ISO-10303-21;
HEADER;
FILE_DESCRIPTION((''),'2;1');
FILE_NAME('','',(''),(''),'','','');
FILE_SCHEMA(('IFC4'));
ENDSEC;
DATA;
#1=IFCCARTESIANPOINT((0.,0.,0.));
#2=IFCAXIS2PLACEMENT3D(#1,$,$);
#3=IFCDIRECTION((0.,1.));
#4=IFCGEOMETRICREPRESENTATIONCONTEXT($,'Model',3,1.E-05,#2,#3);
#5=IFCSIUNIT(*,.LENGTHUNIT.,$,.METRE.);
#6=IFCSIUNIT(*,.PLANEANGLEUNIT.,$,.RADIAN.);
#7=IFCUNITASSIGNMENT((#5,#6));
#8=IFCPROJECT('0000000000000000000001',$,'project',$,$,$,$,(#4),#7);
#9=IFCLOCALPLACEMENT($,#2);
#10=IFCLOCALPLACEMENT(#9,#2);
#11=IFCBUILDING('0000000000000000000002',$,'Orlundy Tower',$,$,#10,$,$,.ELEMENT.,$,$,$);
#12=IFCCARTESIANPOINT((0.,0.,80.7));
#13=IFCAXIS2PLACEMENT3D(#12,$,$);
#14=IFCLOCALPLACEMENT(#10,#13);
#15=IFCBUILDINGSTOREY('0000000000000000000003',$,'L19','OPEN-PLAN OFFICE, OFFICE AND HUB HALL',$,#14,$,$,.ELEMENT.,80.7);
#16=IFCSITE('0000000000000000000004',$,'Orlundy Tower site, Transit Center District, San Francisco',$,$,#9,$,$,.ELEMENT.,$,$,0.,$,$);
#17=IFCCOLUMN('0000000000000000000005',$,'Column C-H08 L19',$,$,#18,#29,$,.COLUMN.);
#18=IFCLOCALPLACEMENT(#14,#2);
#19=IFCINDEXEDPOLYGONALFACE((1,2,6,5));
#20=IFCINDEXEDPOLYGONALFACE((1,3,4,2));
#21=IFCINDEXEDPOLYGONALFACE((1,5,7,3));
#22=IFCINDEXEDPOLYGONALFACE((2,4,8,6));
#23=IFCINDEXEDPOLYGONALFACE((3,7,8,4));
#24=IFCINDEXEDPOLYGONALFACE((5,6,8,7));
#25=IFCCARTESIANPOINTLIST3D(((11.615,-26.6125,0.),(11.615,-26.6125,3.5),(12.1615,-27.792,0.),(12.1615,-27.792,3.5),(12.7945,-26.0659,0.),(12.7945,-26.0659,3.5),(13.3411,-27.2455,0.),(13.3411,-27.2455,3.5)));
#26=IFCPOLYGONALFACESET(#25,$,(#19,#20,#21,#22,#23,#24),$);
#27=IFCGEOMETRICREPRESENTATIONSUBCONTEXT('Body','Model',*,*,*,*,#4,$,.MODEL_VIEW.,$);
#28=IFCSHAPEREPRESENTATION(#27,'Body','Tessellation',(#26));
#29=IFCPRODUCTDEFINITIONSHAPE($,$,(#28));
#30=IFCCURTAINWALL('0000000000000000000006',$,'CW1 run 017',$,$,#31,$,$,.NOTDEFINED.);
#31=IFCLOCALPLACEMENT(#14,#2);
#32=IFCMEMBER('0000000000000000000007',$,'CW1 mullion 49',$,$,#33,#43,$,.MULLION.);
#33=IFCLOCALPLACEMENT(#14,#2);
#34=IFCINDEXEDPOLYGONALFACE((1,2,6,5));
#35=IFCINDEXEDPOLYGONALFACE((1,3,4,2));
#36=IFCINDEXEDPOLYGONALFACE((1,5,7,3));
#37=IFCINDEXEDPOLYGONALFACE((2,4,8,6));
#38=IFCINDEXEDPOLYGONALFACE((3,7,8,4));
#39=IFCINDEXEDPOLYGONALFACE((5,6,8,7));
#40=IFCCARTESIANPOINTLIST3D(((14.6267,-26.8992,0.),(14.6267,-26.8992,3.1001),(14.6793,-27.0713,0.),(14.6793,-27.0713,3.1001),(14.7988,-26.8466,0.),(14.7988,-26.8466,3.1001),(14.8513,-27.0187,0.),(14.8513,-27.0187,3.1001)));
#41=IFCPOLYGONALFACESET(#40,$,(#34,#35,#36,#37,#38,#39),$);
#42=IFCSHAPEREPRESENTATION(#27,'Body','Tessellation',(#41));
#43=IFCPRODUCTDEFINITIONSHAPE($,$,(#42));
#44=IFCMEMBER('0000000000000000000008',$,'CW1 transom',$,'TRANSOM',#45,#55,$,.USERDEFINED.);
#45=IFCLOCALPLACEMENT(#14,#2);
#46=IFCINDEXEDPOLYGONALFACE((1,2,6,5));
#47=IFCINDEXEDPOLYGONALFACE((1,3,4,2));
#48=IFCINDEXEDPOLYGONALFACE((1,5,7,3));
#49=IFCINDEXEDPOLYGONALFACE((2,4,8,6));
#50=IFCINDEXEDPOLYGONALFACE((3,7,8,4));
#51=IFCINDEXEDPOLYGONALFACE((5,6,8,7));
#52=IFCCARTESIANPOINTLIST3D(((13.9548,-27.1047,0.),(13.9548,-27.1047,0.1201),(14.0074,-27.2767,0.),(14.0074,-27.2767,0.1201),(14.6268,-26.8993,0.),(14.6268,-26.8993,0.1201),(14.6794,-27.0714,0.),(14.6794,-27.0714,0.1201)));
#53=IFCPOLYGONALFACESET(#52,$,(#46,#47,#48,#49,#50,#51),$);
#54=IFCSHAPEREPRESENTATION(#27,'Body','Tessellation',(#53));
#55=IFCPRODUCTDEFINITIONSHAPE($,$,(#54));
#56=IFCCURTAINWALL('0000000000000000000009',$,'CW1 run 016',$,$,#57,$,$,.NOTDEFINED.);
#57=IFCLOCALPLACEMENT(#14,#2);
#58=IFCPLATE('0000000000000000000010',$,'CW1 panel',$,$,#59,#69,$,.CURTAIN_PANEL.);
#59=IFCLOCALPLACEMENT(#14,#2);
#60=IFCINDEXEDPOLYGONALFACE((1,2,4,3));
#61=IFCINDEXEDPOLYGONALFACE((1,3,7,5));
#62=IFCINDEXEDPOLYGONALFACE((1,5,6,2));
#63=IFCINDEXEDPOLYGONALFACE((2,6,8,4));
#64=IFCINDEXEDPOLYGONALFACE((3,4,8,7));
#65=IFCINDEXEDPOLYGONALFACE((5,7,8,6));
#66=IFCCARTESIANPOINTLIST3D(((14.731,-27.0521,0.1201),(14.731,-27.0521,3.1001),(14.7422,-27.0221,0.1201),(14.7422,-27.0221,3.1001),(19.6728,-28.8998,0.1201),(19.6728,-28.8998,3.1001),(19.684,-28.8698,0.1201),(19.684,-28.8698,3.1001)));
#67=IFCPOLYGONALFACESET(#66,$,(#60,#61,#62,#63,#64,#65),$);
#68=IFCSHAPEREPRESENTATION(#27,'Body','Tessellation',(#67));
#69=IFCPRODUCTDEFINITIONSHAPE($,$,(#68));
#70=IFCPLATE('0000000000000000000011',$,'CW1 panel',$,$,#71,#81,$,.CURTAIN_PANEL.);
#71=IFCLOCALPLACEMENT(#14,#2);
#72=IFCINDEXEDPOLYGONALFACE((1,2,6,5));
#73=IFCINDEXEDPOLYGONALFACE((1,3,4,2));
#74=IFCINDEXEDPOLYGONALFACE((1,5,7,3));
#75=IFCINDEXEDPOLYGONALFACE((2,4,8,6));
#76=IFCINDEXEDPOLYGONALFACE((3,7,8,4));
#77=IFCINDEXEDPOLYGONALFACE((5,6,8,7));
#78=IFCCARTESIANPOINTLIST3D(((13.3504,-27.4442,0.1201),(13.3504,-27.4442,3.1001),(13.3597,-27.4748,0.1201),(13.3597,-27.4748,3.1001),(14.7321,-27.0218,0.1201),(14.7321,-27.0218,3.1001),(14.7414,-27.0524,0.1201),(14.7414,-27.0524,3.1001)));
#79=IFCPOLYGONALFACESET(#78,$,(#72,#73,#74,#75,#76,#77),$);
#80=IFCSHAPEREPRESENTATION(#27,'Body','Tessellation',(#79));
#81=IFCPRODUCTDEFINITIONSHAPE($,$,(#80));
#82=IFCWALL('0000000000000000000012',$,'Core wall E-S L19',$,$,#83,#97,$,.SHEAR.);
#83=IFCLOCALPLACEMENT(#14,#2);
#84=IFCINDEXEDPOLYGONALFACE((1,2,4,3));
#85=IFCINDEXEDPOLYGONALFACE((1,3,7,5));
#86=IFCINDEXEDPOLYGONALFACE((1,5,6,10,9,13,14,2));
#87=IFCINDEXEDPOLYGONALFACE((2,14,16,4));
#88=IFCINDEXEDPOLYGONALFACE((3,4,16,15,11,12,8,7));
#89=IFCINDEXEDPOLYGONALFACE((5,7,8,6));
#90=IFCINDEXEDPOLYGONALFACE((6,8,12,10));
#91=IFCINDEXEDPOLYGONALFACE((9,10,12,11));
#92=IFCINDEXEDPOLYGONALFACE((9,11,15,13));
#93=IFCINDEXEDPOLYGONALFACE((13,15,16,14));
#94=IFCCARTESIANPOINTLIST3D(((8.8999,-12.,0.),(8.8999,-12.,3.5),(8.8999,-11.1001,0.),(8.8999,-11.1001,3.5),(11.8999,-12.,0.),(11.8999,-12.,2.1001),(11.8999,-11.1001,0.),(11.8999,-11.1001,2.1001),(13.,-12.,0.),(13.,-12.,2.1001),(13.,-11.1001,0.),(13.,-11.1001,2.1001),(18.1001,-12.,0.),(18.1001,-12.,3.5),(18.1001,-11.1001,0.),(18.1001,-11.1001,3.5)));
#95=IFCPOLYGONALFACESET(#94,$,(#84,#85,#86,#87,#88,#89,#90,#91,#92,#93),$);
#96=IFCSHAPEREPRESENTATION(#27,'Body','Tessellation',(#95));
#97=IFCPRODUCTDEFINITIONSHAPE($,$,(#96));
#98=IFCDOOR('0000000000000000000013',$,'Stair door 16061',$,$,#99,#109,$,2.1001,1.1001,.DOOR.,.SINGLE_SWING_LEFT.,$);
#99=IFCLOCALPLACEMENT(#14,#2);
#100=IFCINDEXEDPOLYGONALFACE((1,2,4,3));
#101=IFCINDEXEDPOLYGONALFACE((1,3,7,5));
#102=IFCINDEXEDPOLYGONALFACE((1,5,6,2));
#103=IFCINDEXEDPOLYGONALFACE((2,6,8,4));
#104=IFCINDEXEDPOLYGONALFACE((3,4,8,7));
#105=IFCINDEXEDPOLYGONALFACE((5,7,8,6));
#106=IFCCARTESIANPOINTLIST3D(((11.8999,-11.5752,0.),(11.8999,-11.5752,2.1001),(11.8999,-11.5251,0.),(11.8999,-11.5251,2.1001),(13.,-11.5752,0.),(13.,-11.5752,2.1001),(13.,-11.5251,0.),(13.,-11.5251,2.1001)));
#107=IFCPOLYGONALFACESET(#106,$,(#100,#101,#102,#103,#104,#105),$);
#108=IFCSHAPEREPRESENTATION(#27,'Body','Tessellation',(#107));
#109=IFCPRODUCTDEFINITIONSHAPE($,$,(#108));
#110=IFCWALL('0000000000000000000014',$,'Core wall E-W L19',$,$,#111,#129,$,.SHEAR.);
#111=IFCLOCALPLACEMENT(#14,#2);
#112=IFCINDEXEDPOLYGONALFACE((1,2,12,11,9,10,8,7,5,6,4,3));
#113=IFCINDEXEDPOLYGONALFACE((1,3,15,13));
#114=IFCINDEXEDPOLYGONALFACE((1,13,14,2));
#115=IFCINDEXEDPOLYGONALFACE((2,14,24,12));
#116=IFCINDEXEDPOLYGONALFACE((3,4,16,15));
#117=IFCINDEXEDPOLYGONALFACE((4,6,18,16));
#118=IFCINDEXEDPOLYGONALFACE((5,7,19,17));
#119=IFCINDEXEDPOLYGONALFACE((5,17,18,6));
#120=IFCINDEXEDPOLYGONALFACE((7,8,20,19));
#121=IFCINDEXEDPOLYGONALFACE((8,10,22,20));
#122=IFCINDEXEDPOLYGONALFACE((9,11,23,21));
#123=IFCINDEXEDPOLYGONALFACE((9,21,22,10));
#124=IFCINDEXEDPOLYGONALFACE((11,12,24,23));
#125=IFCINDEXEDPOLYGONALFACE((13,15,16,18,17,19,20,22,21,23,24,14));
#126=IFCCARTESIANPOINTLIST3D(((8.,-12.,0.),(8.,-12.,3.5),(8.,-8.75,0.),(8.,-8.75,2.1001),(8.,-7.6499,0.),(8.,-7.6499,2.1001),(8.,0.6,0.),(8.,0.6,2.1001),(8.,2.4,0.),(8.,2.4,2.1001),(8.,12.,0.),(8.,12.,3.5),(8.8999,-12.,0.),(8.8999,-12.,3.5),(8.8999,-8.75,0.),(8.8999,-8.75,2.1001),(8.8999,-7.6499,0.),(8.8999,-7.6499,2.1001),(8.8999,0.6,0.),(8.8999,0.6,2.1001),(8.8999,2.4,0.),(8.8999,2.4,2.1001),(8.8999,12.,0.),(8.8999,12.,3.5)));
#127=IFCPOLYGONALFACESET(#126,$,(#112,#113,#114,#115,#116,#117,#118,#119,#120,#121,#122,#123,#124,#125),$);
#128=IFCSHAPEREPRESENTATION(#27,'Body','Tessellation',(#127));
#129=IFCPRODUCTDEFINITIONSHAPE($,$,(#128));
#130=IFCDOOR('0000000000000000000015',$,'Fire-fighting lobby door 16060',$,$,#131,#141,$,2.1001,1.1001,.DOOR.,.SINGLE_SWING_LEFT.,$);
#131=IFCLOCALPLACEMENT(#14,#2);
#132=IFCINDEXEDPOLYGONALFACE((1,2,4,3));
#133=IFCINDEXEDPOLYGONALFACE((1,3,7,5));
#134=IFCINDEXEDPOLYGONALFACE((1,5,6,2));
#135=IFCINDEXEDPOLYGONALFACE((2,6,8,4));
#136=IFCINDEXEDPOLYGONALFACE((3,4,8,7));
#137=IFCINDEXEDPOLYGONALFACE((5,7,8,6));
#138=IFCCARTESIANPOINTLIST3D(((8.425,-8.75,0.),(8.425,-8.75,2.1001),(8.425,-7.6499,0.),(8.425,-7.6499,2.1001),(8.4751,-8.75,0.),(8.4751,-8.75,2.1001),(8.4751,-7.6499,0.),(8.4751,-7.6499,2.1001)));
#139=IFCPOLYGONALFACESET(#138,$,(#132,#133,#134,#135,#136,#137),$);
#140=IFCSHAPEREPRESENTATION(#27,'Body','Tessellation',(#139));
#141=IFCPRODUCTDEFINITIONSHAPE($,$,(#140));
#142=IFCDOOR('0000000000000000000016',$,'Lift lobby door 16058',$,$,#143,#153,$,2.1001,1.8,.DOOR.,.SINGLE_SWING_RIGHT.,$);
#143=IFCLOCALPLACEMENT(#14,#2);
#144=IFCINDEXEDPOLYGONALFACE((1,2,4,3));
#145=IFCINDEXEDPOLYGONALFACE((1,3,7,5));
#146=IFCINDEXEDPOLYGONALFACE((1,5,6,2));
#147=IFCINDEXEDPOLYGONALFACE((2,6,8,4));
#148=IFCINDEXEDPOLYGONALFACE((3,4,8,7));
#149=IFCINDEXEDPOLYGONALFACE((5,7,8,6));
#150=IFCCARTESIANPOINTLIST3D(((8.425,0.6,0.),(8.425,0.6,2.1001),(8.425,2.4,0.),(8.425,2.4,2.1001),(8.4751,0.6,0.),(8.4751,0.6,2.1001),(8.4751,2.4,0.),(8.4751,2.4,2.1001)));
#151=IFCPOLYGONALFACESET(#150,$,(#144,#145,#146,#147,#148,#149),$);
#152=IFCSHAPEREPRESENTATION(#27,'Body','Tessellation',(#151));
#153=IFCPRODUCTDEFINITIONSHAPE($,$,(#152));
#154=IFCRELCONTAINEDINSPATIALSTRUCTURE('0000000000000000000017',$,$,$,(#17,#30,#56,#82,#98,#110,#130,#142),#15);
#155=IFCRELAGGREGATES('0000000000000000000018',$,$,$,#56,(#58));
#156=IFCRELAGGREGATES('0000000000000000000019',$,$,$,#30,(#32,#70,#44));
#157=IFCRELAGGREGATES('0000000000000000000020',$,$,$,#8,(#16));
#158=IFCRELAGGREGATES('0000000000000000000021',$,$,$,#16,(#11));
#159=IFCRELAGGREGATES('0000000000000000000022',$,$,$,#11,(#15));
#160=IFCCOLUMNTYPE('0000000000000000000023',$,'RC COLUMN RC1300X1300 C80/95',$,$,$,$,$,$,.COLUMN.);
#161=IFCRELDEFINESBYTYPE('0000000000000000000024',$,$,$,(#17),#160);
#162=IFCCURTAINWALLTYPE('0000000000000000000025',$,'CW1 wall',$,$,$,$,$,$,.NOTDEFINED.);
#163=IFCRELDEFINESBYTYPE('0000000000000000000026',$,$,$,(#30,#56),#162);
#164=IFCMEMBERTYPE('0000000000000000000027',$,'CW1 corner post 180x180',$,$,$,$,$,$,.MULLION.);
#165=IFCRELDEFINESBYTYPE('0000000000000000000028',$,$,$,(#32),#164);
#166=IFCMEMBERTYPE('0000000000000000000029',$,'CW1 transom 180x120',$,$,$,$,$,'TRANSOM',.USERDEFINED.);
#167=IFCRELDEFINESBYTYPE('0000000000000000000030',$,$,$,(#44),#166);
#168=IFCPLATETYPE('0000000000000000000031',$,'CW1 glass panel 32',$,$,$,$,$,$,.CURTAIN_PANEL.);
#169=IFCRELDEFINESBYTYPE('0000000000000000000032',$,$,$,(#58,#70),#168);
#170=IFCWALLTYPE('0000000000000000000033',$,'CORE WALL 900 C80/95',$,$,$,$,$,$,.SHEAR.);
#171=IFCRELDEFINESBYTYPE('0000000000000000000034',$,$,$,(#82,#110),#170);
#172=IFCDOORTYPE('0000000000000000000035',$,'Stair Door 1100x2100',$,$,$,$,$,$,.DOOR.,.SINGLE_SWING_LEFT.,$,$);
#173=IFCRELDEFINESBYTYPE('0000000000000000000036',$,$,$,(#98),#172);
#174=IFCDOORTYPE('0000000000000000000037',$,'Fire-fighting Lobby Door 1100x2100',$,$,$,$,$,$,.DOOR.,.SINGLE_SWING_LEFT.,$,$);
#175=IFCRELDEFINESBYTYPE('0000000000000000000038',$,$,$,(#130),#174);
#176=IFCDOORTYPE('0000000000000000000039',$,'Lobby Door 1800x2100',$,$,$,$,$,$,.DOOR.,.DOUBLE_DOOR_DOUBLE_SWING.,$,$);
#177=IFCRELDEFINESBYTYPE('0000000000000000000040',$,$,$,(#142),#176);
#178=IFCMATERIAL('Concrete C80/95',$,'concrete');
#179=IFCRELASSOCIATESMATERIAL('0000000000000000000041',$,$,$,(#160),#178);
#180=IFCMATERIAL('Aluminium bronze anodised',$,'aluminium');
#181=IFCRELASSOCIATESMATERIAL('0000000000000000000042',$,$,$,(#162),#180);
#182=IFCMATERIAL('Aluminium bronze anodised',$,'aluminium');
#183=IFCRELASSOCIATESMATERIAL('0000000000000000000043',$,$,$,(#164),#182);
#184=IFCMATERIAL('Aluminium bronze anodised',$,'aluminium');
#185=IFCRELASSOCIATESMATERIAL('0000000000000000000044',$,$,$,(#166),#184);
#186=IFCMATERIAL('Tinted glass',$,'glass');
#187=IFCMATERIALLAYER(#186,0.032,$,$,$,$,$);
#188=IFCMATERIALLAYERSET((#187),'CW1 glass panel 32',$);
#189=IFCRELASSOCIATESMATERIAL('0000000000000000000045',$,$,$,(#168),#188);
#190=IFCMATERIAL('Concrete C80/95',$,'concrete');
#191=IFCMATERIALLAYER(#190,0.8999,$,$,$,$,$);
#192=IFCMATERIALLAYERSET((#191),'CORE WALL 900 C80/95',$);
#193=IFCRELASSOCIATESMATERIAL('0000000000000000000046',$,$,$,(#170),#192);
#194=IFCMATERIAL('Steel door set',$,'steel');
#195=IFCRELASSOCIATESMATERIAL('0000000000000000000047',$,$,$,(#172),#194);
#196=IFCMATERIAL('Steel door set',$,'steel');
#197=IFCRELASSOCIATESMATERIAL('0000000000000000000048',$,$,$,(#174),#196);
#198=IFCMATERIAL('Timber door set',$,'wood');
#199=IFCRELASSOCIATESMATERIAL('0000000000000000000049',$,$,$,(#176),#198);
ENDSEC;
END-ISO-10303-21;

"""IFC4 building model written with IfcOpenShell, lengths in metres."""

from ifc_helpers import new_model, si_unit, direction, frame, frame_2d, origin, origin_2d, place, context, subcontext, project, spatial, rectangle, extrude, material, layer, layer_set, material_profile, profile_set, type_object, element, fill, aggregate, save


model = new_model("IFC4")

# Units and contexts
model_context = context("Model", 3, precision=1e-05, world=origin(), true_north=direction((0.0, 1.0)))
body_context = subcontext(model_context, "Body", "Model", "MODEL_VIEW")
ifc_project = project(units=[si_unit("LENGTHUNIT", "METRE"), si_unit("PLANEANGLEUNIT", "RADIAN")], contexts=[model_context])

# Site, building, storey
site_placement = place(None, origin())
site = spatial("IfcSite", under=ifc_project, at=site_placement, Name="Orlundy Tower site, Transit Center District, San Francisco", CompositionType="ELEMENT", RefElevation=0.0)
building_placement = place(site_placement, origin())
building = spatial("IfcBuilding", under=site, at=building_placement, Name="Orlundy Tower", CompositionType="ELEMENT")
storey_placement = place(building_placement, frame((0.0, 0.0, 80.7)))
storey = spatial("IfcBuildingStorey", under=building, at=storey_placement, Name="L19", Description="OPEN-PLAN OFFICE, OFFICE AND HUB HALL", CompositionType="ELEMENT", Elevation=80.7)

# Column
ifc_material_1 = material(Name="Concrete C80/95", Category="concrete")
ifc_material_profile_1 = material_profile(ifc_material_1, rectangle(XDim=1.3, YDim=1.3, at=origin_2d()), Name="RC1300X1300")
ifc_profile_set_1 = profile_set([ifc_material_profile_1], Name="Concrete C80/95")
column_type = type_object("IfcColumnType", Name="RC COLUMN RC1300X1300 C80/95", PredefinedType="COLUMN", material=ifc_profile_set_1)
column_placement = place(storey_placement, frame((12.478, -26.929, 0.0), z_axis=(0.0, 0.0, 1.0), x_axis=(0.420418, -0.90733, 0.0)))
element("IfcColumn", 1, at=column_placement, inside=storey, type_object=column_type, Name="Column C-H08 L19", PredefinedType="COLUMN", context=body_context, shape_type="SweptSolid", body=[
    extrude(rectangle(XDim=1.3, YDim=1.3, at=origin_2d()), origin(), (0.0, 0.0, 1.0), 3.5),
])

# Curtain wall, members
ifc_material_2 = material(Name="Aluminium bronze anodised", Category="aluminium")
curtain_wall_type = type_object("IfcCurtainWallType", Name="CW1 wall", PredefinedType="NOTDEFINED", material=ifc_material_2)
curtain_wall_1_placement = place(storey_placement, origin())
curtain_wall_1 = element("IfcCurtainWall", 2, at=curtain_wall_1_placement, inside=storey, type_object=curtain_wall_type, Name="CW1 run 017", PredefinedType="NOTDEFINED")
ifc_material_3 = material(Name="Aluminium bronze anodised", Category="aluminium")
ifc_material_profile_2 = material_profile(ifc_material_3, rectangle(XDim=0.1799, YDim=0.1799, at=origin_2d()), Name="CW1 corner post 180x180")
ifc_profile_set_2 = profile_set([ifc_material_profile_2], Name="Aluminium bronze anodised")
member_type_1 = type_object("IfcMemberType", Name="CW1 corner post 180x180", PredefinedType="MULLION", material=ifc_profile_set_2)
member_1_placement = place(storey_placement, frame((14.739, -26.959, 0.0), z_axis=(0.0, 0.0, 1.0), x_axis=(0.292318, -0.956321, 0.0)))
member_1 = element("IfcMember", 3, at=member_1_placement, type_object=member_type_1, Name="CW1 mullion 49", PredefinedType="MULLION", context=body_context, shape_type="SweptSolid", body=[
    extrude(rectangle(XDim=0.1799, YDim=0.1799, at=origin_2d()), origin(), (0.0, 0.0, 1.0), 3.1001),
])
ifc_material_4 = material(Name="Aluminium bronze anodised", Category="aluminium")
ifc_material_profile_3 = material_profile(ifc_material_4, rectangle(XDim=0.1799, YDim=0.1201, at=origin_2d()), Name="CW1 transom 180x120")
ifc_profile_set_3 = profile_set([ifc_material_profile_3], Name="Aluminium bronze anodised")
member_type_2 = type_object("IfcMemberType", Name="CW1 transom 180x120", ElementType="TRANSOM", PredefinedType="USERDEFINED", material=ifc_profile_set_3)
member_2_placement = place(storey_placement, frame((14.6531, -26.9854, 0.0601), z_axis=(-0.956341, -0.292254, 0.0), x_axis=(0.292254, -0.956341, 0.0)))
member_2 = element("IfcMember", 4, at=member_2_placement, type_object=member_type_2, Name="CW1 transom", ObjectType="TRANSOM", PredefinedType="USERDEFINED", context=body_context, shape_type="SweptSolid", body=[
    extrude(rectangle(XDim=0.1799, YDim=0.1201, at=origin_2d()), origin(), (0.0, 0.0, 1.0), 0.7026),
])

# Curtain wall, plate
curtain_wall_2_placement = place(storey_placement, origin())
curtain_wall_2 = element("IfcCurtainWall", 5, at=curtain_wall_2_placement, inside=storey, type_object=curtain_wall_type, Name="CW1 run 016", PredefinedType="NOTDEFINED")
ifc_material_5 = material(Name="Tinted glass", Category="glass")
ifc_layer_1 = layer(ifc_material_5, 0.032)
ifc_layer_set_1 = layer_set([ifc_layer_1], Name="CW1 glass panel 32")
plate_type = type_object("IfcPlateType", Name="CW1 glass panel 32", PredefinedType="CURTAIN_PANEL", material=ifc_layer_set_1)
plate_1_placement = place(storey_placement, frame((17.2075, -27.9609, 0.1201), z_axis=(0.0, 0.0, 1.0), x_axis=(-0.936668, 0.350219, 0.0)))
plate_1 = element("IfcPlate", 6, at=plate_1_placement, type_object=plate_type, Name="CW1 panel", PredefinedType="CURTAIN_PANEL", context=body_context, shape_type="SweptSolid", body=[
    extrude(rectangle(XDim=5.2759, YDim=0.032, at=origin_2d()), origin(), (0.0, 0.0, 1.0), 2.98),
])
aggregate(curtain_wall_2, [plate_1])

# Plate
plate_2_placement = place(storey_placement, frame((14.0459, -27.2483, 0.1201), z_axis=(0.0, 0.0, 1.0), x_axis=(-0.956321, -0.292318, 0.0)))
plate_2 = element("IfcPlate", 7, at=plate_2_placement, type_object=plate_type, Name="CW1 panel", PredefinedType="CURTAIN_PANEL", context=body_context, shape_type="SweptSolid", body=[
    extrude(rectangle(XDim=1.4448, YDim=0.032, at=origin_2d()), origin(), (0.0, 0.0, 1.0), 2.98),
])
aggregate(curtain_wall_1, [member_1, plate_2, member_2])

# Wall, opening, door
ifc_material_6 = material(Name="Concrete C80/95", Category="concrete")
ifc_layer_2 = layer(ifc_material_6, 0.8999)
ifc_layer_set_2 = layer_set([ifc_layer_2], Name="CORE WALL 900 C80/95")
wall_type_1 = type_object("IfcWallType", Name="CORE WALL 900 C80/95", PredefinedType="SHEAR", material=ifc_layer_set_2)
wall_1_placement = place(storey_placement, frame((8.8999, -11.55, 0.0), z_axis=(0.0, 0.0, 1.0), x_axis=(1.0, 0.0, 0.0)))
wall_1 = element("IfcWall", 8, at=wall_1_placement, inside=storey, type_object=wall_type_1, Name="Core wall E-S L19", PredefinedType="SHEAR", context=body_context, shape_type="SweptSolid", body=[
    extrude(rectangle(XDim=9.2002, YDim=0.8999, at=frame_2d((4.6001, 0.0))), origin(), (0.0, 0.0, 1.0), 3.5),
])
opening_1_placement = place(wall_1_placement, frame((3.0, 0.0, 0.0)))
opening_1 = element("IfcOpeningElement", 9, at=opening_1_placement, cuts=wall_1, PredefinedType="OPENING", context=body_context, shape_type="SweptSolid", body=[
    extrude(rectangle(XDim=1.1001, YDim=2.1001, at=frame_2d((0.55, 1.05))), frame((0.0, 0.46, 0.0), z_axis=(0.0, -1.0, 0.0), x_axis=(1.0, 0.0, 0.0)), (0.0, 0.0, 1.0), 0.9199),
])
ifc_material_7 = material(Name="Steel door set", Category="steel")
door_type_1 = type_object("IfcDoorType", Name="Stair Door 1100x2100", OperationType="SINGLE_SWING_LEFT", PredefinedType="DOOR", material=ifc_material_7)
door_1_placement = place(opening_1_placement, origin())
door_1 = element("IfcDoor", 10, at=door_1_placement, inside=storey, type_object=door_type_1, Name="Stair door 16061", OperationType="SINGLE_SWING_LEFT", OverallHeight=2.1001, OverallWidth=1.1001, PredefinedType="DOOR", context=body_context, shape_type="SweptSolid", body=[
    extrude(rectangle(XDim=1.1001, YDim=2.1001, at=frame_2d((0.55, 1.05))), frame((0.0, 0.0249, 0.0), z_axis=(0.0, -1.0, 0.0), x_axis=(1.0, 0.0, 0.0)), (0.0, 0.0, 1.0), 0.05),
])
fill(opening_1, door_1)

# Wall, openings, doors
wall_2_placement = place(storey_placement, frame((8.45, -12.0, 0.0), z_axis=(0.0, 0.0, 1.0), x_axis=(0.0, 1.0, 0.0)))
wall_2 = element("IfcWall", 11, at=wall_2_placement, inside=storey, type_object=wall_type_1, Name="Core wall E-W L19", PredefinedType="SHEAR", context=body_context, shape_type="SweptSolid", body=[
    extrude(rectangle(XDim=24.0, YDim=0.8999, at=frame_2d((12.0, 0.0))), origin(), (0.0, 0.0, 1.0), 3.5),
])
opening_2_placement = place(wall_2_placement, frame((12.6001, 0.0, 0.0)))
opening_2 = element("IfcOpeningElement", 12, at=opening_2_placement, cuts=wall_2, PredefinedType="OPENING", context=body_context, shape_type="SweptSolid", body=[
    extrude(rectangle(XDim=1.8, YDim=2.1001, at=frame_2d((0.8999, 1.05))), frame((0.0, 0.46, 0.0), z_axis=(0.0, -1.0, 0.0), x_axis=(1.0, 0.0, 0.0)), (0.0, 0.0, 1.0), 0.9199),
])
opening_3_placement = place(wall_2_placement, frame((3.25, 0.0, 0.0)))
opening_3 = element("IfcOpeningElement", 13, at=opening_3_placement, cuts=wall_2, PredefinedType="OPENING", context=body_context, shape_type="SweptSolid", body=[
    extrude(rectangle(XDim=1.1001, YDim=2.1001, at=frame_2d((0.55, 1.05))), frame((0.0, 0.46, 0.0), z_axis=(0.0, -1.0, 0.0), x_axis=(1.0, 0.0, 0.0)), (0.0, 0.0, 1.0), 0.9199),
])
ifc_material_8 = material(Name="Steel door set", Category="steel")
door_type_2 = type_object("IfcDoorType", Name="Fire-fighting Lobby Door 1100x2100", OperationType="SINGLE_SWING_LEFT", PredefinedType="DOOR", material=ifc_material_8)
door_2_placement = place(opening_3_placement, origin())
door_2 = element("IfcDoor", 14, at=door_2_placement, inside=storey, type_object=door_type_2, Name="Fire-fighting lobby door 16060", OperationType="SINGLE_SWING_LEFT", OverallHeight=2.1001, OverallWidth=1.1001, PredefinedType="DOOR", context=body_context, shape_type="SweptSolid", body=[
    extrude(rectangle(XDim=1.1001, YDim=2.1001, at=frame_2d((0.55, 1.05))), frame((0.0, 0.0249, 0.0), z_axis=(0.0, -1.0, 0.0), x_axis=(1.0, 0.0, 0.0)), (0.0, 0.0, 1.0), 0.05),
])
fill(opening_3, door_2)
ifc_material_9 = material(Name="Timber door set", Category="wood")
door_type_3 = type_object("IfcDoorType", Name="Lobby Door 1800x2100", OperationType="DOUBLE_DOOR_DOUBLE_SWING", PredefinedType="DOOR", material=ifc_material_9)
door_3_placement = place(opening_2_placement, origin())
door_3 = element("IfcDoor", 15, at=door_3_placement, inside=storey, type_object=door_type_3, Name="Lift lobby door 16058", OperationType="SINGLE_SWING_RIGHT", OverallHeight=2.1001, OverallWidth=1.8, PredefinedType="DOOR", context=body_context, shape_type="SweptSolid", body=[
    extrude(rectangle(XDim=1.8, YDim=2.1001, at=frame_2d((0.8999, 1.05))), frame((0.0, 0.0249, 0.0), z_axis=(0.0, -1.0, 0.0), x_axis=(1.0, 0.0, 0.0)), (0.0, 0.0, 1.0), 0.05),
])
fill(opening_2, door_3)

save(model, "model.ifc")
